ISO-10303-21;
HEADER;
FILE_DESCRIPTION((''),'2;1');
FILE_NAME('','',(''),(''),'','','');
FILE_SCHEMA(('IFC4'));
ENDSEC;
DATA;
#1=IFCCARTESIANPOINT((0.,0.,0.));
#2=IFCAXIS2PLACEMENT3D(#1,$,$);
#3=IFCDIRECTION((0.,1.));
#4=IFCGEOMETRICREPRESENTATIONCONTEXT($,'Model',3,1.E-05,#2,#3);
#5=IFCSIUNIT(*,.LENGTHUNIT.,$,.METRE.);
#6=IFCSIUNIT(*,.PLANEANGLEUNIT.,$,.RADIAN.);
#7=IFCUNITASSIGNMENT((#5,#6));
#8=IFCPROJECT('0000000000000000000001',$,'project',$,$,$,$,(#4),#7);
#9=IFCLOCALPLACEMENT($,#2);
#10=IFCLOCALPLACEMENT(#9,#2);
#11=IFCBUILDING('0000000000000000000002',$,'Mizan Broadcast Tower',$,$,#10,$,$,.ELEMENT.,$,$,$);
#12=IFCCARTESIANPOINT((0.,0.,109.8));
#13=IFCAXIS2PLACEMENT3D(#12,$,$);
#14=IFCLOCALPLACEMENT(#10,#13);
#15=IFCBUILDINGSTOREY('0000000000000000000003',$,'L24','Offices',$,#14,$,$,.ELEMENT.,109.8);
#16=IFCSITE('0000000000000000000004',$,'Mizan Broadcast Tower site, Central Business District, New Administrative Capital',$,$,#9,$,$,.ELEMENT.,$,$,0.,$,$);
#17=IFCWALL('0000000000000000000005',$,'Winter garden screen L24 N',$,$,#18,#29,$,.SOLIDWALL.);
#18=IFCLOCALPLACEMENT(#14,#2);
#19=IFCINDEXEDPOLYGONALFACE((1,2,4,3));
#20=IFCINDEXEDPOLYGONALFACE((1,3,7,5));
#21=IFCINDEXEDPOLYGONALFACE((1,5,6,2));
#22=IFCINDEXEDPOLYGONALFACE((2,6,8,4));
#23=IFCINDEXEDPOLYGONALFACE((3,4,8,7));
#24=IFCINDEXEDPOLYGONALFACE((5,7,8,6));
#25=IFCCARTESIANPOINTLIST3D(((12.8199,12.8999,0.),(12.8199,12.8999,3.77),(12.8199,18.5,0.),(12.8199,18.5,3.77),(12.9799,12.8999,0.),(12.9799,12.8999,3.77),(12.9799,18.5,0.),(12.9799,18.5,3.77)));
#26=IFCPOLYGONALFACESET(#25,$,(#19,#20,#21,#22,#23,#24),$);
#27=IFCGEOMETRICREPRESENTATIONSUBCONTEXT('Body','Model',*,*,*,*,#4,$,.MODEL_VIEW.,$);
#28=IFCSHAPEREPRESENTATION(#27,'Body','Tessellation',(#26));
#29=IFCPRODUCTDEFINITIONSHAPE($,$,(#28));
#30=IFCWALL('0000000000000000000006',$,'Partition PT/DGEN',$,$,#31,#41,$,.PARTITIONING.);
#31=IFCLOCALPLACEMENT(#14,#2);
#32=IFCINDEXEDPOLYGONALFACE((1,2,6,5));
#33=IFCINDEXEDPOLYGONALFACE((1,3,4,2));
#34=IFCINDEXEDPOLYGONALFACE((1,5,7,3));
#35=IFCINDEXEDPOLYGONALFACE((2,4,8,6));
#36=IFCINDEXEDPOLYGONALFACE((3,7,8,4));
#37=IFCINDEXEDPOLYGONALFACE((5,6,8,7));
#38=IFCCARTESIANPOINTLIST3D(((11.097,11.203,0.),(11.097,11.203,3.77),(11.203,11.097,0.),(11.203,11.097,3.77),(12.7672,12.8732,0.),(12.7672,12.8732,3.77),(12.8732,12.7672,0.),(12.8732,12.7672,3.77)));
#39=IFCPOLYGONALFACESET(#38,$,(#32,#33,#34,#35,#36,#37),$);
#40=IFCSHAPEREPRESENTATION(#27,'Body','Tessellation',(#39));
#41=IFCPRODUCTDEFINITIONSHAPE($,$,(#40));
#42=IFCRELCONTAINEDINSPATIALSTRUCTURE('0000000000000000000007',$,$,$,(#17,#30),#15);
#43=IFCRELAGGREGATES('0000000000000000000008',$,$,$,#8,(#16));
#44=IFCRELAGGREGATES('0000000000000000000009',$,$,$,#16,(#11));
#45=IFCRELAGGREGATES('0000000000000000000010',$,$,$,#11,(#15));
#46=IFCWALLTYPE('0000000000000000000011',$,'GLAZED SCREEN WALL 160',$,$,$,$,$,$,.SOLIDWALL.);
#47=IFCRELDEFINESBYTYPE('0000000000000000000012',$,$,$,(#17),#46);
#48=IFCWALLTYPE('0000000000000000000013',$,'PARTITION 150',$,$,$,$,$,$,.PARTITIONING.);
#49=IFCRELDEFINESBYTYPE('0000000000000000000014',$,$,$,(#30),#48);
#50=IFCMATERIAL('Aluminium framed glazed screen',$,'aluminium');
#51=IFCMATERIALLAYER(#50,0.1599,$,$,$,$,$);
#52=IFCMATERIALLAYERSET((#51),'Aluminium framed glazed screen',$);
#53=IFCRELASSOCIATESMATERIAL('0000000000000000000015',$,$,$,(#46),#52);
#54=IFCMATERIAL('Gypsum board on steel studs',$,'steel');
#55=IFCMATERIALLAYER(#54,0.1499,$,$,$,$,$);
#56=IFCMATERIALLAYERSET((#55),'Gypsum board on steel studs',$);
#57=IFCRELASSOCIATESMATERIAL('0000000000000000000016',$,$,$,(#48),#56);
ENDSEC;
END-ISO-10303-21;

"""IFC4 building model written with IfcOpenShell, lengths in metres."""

from ifc_helpers import new_model, si_unit, direction, frame, frame_2d, origin, place, context, subcontext, project, spatial, rectangle, extrude, material, layer, layer_set, type_object, element, save


model = new_model("IFC4")

# Units and contexts
model_context = context("Model", 3, precision=1e-05, world=origin(), true_north=direction((0.0, 1.0)))
body_context = subcontext(model_context, "Body", "Model", "MODEL_VIEW")
ifc_project = project(units=[si_unit("LENGTHUNIT", "METRE"), si_unit("PLANEANGLEUNIT", "RADIAN")], contexts=[model_context])

# Site, building, storey
site_placement = place(None, origin())
site = spatial("IfcSite", under=ifc_project, at=site_placement, Name="Mizan Broadcast Tower site, Central Business District, New Administrative Capital", CompositionType="ELEMENT", RefElevation=0.0)
building_placement = place(site_placement, origin())
building = spatial("IfcBuilding", under=site, at=building_placement, Name="Mizan Broadcast Tower", CompositionType="ELEMENT")
storey_placement = place(building_placement, frame((0.0, 0.0, 109.8)))
storey = spatial("IfcBuildingStorey", under=building, at=storey_placement, Name="L24", Description="Offices", CompositionType="ELEMENT", Elevation=109.8)

# Walls
ifc_material_1 = material(Name="Aluminium framed glazed screen", Category="aluminium")
ifc_layer_1 = layer(ifc_material_1, 0.1599)
ifc_layer_set_1 = layer_set([ifc_layer_1], Name="Aluminium framed glazed screen")
wall_type_1 = type_object("IfcWallType", Name="GLAZED SCREEN WALL 160", PredefinedType="SOLIDWALL", material=ifc_layer_set_1)
wall_1_placement = place(storey_placement, frame((12.8999, 12.8999, 0.0), z_axis=(0.0, 0.0, 1.0), x_axis=(0.0, 1.0, 0.0)))
element("IfcWall", 1, at=wall_1_placement, inside=storey, type_object=wall_type_1, Name="Winter garden screen L24 N", PredefinedType="SOLIDWALL", context=body_context, shape_type="SweptSolid", body=[
    extrude(rectangle(XDim=5.6001, YDim=0.1599, at=frame_2d((2.8, 0.0))), origin(), (0.0, 0.0, 1.0), 3.77),
])
ifc_material_2 = material(Name="Gypsum board on steel studs", Category="steel")
ifc_layer_2 = layer(ifc_material_2, 0.1499)
ifc_layer_set_2 = layer_set([ifc_layer_2], Name="Gypsum board on steel studs")
wall_type_2 = type_object("IfcWallType", Name="PARTITION 150", PredefinedType="PARTITIONING", material=ifc_layer_set_2)
wall_2_placement = place(storey_placement, frame((11.1499, 11.1499, 0.0), z_axis=(0.0, 0.0, 1.0), x_axis=(0.707107, 0.707107, 0.0)))
element("IfcWall", 2, at=wall_2_placement, inside=storey, type_object=wall_type_2, Name="Partition PT/DGEN", PredefinedType="PARTITIONING", context=body_context, shape_type="SweptSolid", body=[
    extrude(rectangle(XDim=2.3621, YDim=0.1499, at=frame_2d((1.1812, 0.0))), origin(), (0.0, 0.0, 1.0), 3.77),
])

save(model, "model.ifc")
